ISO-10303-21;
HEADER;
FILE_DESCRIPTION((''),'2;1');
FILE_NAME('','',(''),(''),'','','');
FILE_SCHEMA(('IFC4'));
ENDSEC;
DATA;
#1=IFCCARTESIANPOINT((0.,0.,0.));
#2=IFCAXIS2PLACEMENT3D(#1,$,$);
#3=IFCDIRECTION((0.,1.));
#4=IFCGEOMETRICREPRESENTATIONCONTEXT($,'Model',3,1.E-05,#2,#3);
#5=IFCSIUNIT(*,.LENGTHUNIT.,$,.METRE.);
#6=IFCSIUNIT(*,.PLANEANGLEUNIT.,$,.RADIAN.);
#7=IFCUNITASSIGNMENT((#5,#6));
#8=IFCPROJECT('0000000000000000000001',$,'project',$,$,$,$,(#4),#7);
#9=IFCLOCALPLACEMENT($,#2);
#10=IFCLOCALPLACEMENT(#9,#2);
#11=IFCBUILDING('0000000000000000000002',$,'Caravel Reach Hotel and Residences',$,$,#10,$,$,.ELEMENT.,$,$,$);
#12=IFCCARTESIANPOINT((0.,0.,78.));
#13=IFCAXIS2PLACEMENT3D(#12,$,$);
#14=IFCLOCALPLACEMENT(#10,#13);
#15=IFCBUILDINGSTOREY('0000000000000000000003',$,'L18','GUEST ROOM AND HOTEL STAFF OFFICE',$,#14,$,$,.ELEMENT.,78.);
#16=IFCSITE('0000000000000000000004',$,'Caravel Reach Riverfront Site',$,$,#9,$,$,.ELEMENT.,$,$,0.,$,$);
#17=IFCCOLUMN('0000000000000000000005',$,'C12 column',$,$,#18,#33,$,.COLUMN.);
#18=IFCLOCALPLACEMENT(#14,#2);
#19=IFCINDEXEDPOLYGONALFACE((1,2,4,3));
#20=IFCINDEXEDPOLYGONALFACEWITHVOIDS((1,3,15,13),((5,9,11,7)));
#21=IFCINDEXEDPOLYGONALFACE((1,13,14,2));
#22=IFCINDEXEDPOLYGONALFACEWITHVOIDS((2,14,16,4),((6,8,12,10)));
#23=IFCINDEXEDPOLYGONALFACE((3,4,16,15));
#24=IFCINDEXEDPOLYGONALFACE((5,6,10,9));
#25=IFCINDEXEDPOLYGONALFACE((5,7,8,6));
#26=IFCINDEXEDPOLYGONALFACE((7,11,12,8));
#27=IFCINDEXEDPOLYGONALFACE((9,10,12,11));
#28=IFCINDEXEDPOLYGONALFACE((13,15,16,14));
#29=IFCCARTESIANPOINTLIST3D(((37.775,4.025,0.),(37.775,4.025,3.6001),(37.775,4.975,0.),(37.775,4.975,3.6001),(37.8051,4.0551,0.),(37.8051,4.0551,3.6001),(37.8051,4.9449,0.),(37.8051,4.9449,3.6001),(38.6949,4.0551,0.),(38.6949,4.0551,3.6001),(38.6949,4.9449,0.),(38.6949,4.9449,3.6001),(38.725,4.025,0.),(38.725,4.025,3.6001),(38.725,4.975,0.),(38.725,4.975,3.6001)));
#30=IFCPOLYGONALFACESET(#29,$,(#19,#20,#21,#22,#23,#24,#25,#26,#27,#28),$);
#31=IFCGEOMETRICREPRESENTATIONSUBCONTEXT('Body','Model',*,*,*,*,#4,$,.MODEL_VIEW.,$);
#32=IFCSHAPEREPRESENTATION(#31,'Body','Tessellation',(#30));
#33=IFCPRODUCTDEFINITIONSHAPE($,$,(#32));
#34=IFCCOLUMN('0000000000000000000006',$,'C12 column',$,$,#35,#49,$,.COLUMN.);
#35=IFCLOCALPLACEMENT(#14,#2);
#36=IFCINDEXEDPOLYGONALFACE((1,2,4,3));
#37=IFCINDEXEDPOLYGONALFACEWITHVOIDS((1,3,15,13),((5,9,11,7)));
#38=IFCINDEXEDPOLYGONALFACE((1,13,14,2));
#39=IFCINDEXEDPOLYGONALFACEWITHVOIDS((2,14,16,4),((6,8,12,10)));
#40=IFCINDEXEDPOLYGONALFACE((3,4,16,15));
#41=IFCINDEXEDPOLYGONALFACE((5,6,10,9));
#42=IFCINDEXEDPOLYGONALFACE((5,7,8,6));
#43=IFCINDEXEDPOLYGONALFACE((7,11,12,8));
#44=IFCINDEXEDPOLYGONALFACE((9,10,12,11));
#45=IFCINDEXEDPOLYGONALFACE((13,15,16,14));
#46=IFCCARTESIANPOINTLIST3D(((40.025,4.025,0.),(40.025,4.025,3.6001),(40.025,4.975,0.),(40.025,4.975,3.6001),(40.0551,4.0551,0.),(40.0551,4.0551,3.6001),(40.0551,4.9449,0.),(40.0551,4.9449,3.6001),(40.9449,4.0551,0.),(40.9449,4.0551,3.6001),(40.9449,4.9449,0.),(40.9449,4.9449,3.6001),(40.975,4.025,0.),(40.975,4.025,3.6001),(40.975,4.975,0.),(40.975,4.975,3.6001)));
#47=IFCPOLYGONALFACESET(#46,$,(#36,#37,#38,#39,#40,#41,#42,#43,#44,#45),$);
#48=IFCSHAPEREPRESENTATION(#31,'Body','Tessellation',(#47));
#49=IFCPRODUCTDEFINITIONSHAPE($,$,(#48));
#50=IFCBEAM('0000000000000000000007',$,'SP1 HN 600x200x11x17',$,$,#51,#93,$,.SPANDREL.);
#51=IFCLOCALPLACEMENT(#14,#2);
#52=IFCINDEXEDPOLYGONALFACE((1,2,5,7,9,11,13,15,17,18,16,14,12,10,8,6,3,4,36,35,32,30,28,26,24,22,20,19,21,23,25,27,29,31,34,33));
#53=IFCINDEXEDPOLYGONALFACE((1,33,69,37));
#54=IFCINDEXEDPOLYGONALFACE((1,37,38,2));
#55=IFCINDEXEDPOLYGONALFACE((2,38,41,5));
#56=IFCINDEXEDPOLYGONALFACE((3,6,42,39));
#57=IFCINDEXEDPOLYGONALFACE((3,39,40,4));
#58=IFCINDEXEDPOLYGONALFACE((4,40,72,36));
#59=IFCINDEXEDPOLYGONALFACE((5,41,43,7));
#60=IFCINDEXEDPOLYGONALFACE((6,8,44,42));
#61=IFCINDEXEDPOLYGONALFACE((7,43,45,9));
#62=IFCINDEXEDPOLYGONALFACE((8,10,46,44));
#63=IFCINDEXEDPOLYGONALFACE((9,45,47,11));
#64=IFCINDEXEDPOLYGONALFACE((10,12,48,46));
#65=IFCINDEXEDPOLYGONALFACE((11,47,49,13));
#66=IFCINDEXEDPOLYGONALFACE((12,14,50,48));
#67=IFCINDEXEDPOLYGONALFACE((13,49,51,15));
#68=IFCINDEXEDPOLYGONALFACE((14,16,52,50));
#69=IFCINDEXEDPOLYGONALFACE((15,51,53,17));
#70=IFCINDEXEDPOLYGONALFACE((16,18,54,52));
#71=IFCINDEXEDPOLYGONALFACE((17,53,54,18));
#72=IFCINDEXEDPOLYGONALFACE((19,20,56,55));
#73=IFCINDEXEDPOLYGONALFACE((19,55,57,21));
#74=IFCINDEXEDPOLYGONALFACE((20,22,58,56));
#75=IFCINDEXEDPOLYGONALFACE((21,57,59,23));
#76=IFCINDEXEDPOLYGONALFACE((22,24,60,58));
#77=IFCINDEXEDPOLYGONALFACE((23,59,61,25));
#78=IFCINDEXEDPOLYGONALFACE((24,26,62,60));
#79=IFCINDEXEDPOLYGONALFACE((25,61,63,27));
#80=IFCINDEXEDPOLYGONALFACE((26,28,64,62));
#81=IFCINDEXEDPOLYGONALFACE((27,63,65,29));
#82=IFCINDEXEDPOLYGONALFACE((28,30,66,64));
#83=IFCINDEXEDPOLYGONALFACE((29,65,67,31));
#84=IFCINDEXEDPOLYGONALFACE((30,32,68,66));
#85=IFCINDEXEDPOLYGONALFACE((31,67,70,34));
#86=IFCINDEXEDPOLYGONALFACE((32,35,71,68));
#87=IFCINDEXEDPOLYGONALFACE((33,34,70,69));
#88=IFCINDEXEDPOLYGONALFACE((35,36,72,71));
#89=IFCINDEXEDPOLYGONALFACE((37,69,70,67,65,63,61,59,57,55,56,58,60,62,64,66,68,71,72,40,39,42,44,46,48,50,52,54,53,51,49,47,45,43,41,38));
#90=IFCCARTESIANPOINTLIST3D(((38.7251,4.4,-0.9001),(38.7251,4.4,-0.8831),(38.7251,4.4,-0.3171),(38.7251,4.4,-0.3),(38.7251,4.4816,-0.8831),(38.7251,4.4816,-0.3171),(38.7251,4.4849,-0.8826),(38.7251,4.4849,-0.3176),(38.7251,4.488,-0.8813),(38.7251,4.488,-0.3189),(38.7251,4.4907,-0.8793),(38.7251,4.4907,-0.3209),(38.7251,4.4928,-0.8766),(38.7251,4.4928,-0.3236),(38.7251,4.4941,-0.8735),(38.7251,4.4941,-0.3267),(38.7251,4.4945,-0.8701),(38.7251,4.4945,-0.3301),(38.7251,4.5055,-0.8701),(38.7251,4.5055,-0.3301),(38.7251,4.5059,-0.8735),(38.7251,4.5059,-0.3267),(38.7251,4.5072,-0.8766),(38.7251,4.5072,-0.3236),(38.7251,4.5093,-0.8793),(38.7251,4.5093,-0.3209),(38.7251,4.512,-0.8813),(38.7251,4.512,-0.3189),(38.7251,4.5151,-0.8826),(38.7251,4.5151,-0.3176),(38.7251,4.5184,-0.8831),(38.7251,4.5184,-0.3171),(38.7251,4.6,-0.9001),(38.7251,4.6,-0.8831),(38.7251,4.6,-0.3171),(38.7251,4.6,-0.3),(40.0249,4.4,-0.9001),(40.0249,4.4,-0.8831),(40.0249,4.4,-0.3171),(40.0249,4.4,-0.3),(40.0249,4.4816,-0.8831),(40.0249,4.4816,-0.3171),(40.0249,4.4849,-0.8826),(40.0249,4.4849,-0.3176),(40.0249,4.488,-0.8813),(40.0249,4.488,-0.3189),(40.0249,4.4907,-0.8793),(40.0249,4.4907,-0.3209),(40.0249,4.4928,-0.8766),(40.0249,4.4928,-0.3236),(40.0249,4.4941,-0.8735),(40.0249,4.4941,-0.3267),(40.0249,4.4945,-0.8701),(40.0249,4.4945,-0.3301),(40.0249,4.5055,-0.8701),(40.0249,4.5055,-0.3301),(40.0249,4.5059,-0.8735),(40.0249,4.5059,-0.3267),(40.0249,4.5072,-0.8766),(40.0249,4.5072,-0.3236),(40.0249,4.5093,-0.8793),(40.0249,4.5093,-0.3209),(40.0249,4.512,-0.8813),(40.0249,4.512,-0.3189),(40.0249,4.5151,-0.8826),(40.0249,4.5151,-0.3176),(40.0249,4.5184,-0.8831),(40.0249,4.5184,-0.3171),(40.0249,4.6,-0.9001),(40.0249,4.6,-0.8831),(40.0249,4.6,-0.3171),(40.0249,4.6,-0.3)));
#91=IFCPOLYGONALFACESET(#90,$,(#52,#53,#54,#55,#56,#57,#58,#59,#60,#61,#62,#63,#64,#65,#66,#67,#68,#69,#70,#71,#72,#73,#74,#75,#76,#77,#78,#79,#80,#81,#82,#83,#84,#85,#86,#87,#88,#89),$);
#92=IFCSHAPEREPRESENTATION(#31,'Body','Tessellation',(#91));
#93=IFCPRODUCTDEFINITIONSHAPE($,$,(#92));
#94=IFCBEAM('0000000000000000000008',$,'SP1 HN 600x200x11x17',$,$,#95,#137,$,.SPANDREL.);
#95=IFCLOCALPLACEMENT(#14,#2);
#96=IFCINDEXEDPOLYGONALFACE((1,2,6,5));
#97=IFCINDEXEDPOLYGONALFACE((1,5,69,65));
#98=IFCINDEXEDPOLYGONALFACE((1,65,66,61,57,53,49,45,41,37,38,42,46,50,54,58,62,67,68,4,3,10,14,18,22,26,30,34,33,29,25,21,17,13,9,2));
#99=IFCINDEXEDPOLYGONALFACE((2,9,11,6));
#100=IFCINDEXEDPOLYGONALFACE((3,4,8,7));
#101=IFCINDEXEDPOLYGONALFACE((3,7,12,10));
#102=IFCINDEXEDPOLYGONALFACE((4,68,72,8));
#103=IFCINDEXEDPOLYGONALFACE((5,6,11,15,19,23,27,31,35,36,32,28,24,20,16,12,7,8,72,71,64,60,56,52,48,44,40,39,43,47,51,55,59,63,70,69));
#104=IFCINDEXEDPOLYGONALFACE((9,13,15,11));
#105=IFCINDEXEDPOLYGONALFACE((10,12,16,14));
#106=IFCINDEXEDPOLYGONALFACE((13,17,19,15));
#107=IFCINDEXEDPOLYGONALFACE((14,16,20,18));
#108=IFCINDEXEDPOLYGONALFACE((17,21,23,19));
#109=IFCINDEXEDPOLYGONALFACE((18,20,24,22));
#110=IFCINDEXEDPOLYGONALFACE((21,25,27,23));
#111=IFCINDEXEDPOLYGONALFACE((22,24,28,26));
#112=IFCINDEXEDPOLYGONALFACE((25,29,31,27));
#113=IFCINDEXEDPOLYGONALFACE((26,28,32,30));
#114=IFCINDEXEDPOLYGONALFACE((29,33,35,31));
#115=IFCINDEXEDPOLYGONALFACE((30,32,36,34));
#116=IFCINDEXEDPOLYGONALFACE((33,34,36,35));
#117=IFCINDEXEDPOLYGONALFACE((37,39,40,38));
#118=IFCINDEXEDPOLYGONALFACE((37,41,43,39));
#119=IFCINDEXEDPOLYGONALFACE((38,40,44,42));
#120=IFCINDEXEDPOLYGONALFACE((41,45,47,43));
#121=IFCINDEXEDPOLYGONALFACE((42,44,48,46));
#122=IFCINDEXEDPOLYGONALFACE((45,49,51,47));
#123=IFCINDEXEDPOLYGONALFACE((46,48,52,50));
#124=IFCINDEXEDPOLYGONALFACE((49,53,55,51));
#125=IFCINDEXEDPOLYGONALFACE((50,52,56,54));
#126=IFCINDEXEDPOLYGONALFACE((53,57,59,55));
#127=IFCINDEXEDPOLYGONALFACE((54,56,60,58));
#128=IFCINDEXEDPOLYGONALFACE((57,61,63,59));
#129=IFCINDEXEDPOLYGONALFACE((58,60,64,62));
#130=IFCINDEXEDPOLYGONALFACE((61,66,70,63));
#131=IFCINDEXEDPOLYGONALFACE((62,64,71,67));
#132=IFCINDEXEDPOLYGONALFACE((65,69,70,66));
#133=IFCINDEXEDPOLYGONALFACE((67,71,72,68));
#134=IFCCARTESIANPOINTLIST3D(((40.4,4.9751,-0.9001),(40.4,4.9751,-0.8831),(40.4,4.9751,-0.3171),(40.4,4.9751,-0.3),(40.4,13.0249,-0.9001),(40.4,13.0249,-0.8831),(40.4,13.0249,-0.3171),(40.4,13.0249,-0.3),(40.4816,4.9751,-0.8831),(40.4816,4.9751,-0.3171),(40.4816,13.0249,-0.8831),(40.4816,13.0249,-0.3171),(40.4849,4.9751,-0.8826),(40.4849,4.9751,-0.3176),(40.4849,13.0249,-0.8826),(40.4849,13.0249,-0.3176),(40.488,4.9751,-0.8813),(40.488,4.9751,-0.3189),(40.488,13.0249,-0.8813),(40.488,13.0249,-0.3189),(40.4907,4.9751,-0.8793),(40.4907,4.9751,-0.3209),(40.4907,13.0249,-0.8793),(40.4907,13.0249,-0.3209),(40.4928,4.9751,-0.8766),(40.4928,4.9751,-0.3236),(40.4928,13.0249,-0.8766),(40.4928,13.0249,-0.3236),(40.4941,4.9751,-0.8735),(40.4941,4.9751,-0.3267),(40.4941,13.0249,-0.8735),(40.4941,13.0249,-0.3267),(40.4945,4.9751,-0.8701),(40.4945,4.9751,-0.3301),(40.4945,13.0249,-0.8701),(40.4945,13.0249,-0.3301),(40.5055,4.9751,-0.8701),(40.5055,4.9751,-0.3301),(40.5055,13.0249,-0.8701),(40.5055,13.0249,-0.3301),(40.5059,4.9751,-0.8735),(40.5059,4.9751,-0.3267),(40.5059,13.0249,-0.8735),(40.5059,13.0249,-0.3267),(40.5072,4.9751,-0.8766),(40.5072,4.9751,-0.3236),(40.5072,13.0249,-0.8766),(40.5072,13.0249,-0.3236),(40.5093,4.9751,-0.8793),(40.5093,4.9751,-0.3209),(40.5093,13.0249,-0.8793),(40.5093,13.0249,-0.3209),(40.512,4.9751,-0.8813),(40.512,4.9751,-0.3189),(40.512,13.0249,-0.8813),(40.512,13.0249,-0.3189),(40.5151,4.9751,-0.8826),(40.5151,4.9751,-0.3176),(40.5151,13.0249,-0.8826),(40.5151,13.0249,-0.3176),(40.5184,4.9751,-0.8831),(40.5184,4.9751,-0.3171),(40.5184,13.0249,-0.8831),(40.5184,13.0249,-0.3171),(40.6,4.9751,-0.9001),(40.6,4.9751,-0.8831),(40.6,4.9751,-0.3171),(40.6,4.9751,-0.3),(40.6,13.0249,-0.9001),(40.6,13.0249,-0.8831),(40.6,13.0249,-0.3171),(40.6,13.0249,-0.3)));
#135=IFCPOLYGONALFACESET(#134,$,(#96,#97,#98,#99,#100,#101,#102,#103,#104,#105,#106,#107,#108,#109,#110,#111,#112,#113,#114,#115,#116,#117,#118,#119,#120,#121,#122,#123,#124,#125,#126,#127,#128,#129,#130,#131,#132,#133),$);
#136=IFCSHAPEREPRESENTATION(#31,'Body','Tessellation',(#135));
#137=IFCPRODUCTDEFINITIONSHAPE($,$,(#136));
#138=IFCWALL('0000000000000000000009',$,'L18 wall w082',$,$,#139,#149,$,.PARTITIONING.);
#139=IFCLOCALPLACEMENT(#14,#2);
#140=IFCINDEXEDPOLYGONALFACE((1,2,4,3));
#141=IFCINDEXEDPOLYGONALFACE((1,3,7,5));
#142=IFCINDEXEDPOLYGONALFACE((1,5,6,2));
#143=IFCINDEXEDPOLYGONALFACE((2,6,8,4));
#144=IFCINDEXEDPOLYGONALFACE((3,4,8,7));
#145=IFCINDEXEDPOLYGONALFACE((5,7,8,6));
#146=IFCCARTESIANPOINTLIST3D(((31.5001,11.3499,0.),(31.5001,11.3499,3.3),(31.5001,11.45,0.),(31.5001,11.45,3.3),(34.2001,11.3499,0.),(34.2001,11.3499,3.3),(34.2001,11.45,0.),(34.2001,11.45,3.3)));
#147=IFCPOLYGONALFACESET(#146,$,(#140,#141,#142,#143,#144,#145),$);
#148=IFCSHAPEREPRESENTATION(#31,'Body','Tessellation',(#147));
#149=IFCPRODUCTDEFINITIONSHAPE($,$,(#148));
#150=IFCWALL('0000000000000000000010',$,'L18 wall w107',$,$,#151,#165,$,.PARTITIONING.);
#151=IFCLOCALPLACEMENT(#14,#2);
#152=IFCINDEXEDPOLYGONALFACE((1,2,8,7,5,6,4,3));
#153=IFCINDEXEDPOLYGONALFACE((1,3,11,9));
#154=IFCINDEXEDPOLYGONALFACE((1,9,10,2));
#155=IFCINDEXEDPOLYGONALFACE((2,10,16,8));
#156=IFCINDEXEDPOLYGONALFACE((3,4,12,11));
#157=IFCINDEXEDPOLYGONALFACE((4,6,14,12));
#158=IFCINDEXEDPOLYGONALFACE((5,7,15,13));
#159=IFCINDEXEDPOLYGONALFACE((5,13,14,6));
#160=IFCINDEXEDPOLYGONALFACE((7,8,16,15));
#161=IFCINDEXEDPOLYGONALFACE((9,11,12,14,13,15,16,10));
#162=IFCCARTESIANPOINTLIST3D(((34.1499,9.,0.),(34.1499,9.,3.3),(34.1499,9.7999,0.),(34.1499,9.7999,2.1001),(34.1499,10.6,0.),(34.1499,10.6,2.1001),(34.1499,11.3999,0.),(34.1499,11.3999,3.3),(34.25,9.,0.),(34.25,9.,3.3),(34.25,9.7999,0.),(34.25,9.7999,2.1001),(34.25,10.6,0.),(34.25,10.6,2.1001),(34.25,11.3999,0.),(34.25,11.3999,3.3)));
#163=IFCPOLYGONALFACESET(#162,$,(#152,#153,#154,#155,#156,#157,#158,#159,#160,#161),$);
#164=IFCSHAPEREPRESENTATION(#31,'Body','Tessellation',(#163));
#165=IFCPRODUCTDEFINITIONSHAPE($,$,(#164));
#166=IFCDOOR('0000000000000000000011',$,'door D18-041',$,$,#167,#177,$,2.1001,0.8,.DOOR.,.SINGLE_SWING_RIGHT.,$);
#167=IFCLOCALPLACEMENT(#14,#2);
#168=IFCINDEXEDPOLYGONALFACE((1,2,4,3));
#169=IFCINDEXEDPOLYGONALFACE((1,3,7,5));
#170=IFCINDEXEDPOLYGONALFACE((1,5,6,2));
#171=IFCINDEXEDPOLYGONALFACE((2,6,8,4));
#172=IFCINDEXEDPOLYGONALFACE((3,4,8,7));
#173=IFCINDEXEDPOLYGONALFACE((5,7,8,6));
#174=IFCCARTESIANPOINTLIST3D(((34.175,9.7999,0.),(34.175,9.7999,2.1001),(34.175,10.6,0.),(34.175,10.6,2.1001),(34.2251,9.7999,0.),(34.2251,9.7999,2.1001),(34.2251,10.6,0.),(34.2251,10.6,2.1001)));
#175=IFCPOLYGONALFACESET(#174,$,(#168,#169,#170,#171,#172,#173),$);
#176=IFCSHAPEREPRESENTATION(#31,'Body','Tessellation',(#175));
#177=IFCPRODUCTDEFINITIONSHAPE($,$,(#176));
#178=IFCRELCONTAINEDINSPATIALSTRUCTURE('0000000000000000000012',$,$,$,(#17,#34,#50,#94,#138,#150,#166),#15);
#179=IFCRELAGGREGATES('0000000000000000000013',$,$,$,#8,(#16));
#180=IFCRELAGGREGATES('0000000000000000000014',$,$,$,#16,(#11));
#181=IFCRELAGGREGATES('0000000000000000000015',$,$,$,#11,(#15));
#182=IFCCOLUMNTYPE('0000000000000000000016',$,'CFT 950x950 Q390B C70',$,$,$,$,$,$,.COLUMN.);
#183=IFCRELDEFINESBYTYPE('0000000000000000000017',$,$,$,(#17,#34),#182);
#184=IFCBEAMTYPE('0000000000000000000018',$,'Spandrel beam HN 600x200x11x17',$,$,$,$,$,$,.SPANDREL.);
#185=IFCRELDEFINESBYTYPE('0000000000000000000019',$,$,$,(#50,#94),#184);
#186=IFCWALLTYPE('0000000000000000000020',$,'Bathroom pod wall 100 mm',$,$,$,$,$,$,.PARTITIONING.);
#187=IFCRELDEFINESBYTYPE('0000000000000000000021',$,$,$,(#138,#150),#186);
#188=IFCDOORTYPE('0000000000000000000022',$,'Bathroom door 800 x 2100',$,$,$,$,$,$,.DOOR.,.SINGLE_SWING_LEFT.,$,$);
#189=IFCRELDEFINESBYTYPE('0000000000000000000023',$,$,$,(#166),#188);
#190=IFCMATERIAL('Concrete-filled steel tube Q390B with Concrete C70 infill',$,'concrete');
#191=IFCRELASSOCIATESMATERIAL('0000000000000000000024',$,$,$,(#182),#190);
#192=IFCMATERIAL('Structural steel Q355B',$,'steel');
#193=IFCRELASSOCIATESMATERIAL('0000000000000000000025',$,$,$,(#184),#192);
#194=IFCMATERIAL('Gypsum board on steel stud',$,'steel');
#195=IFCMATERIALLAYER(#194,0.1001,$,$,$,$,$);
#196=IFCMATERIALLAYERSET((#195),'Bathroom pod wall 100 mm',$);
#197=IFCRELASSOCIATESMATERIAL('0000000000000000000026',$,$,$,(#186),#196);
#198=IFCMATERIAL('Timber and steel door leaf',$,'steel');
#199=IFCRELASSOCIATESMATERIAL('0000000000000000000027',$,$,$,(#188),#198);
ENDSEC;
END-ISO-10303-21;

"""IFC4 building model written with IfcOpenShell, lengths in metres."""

from ifc_helpers import new_model, si_unit, direction, frame, frame_2d, origin, origin_2d, place, context, subcontext, project, spatial, rectangle, hollow_rectangle, i_section, extrude, material, layer, layer_set, material_profile, profile_set, type_object, element, fill, save


model = new_model("IFC4")

# Units and contexts
model_context = context("Model", 3, precision=1e-05, world=origin(), true_north=direction((0.0, 1.0)))
body_context = subcontext(model_context, "Body", "Model", "MODEL_VIEW")
ifc_project = project(units=[si_unit("LENGTHUNIT", "METRE"), si_unit("PLANEANGLEUNIT", "RADIAN")], contexts=[model_context])

# Site, building, storey
site_placement = place(None, origin())
site = spatial("IfcSite", under=ifc_project, at=site_placement, Name="Caravel Reach Riverfront Site", CompositionType="ELEMENT", RefElevation=0.0)
building_placement = place(site_placement, origin())
building = spatial("IfcBuilding", under=site, at=building_placement, Name="Caravel Reach Hotel and Residences", CompositionType="ELEMENT")
storey_placement = place(building_placement, frame((0.0, 0.0, 78.0)))
storey = spatial("IfcBuildingStorey", under=building, at=storey_placement, Name="L18", Description="GUEST ROOM AND HOTEL STAFF OFFICE", CompositionType="ELEMENT", Elevation=78.0)

# Columns
ifc_material_1 = material(Name="Concrete-filled steel tube Q390B with Concrete C70 infill", Category="concrete")
ifc_material_profile_1 = material_profile(ifc_material_1, hollow_rectangle(XDim=0.95, YDim=0.95, WallThickness=0.03, at=origin_2d()), Name="RHS 950x950x30")
ifc_profile_set_1 = profile_set([ifc_material_profile_1], Name="Concrete-filled steel tube Q390B with Concrete C70 infill")
column_type = type_object("IfcColumnType", Name="CFT 950x950 Q390B C70", PredefinedType="COLUMN", material=ifc_profile_set_1)
for number, where, z_axis, x_axis, name in (
    (1, (38.25, 4.5, 0.0), (0.0, 0.0, 1.0), (1.0, 0.0, 0.0), "C12 column"),
    (2, (40.5, 4.5, 0.0), (0.0, 0.0, 1.0), (1.0, 0.0, 0.0), "C12 column"),
):
    element("IfcColumn", number, at=place(storey_placement, frame(where, z_axis=z_axis, x_axis=x_axis)), inside=storey, type_object=column_type, Name=name, PredefinedType="COLUMN", context=body_context, shape_type="SweptSolid", body=[
        extrude(hollow_rectangle(XDim=0.95, YDim=0.95, WallThickness=0.03, at=origin_2d()), origin(), (0.0, 0.0, 1.0), 3.6001),
    ])

# Beams
ifc_material_2 = material(Name="Structural steel Q355B", Category="steel")
ifc_material_profile_2 = material_profile(ifc_material_2, i_section(OverallWidth=0.2, OverallDepth=0.6001, WebThickness=0.011, FlangeThickness=0.0171, FilletRadius=0.0129, at=origin_2d()), Name="HN 600x200x11x17")
ifc_profile_set_2 = profile_set([ifc_material_profile_2], Name="Structural steel Q355B")
beam_type = type_object("IfcBeamType", Name="Spandrel beam HN 600x200x11x17", PredefinedType="SPANDREL", material=ifc_profile_set_2)
beam_1_placement = place(storey_placement, frame((38.7251, 4.5, -0.6001), z_axis=(1.0, 0.0, 0.0), x_axis=(0.0, 1.0, 0.0)))
element("IfcBeam", 3, at=beam_1_placement, inside=storey, type_object=beam_type, Name="SP1 HN 600x200x11x17", PredefinedType="SPANDREL", context=body_context, shape_type="SweptSolid", body=[
    extrude(i_section(OverallWidth=0.2, OverallDepth=0.6001, WebThickness=0.011, FlangeThickness=0.0171, FilletRadius=0.0129, at=origin_2d()), origin(), (0.0, 0.0, 1.0), 1.2998),
])
beam_2_placement = place(storey_placement, frame((40.5, 4.9751, -0.6001), z_axis=(0.0, 1.0, 0.0), x_axis=(-1.0, 0.0, 0.0)))
element("IfcBeam", 4, at=beam_2_placement, inside=storey, type_object=beam_type, Name="SP1 HN 600x200x11x17", PredefinedType="SPANDREL", context=body_context, shape_type="SweptSolid", body=[
    extrude(i_section(OverallWidth=0.2, OverallDepth=0.6001, WebThickness=0.011, FlangeThickness=0.0171, FilletRadius=0.0129, at=origin_2d()), origin(), (0.0, 0.0, 1.0), 8.0498),
])

# Wall
ifc_material_3 = material(Name="Gypsum board on steel stud", Category="steel")
ifc_layer_1 = layer(ifc_material_3, 0.1001)
ifc_layer_set_1 = layer_set([ifc_layer_1], Name="Bathroom pod wall 100 mm")
wall_type_1 = type_object("IfcWallType", Name="Bathroom pod wall 100 mm", PredefinedType="PARTITIONING", material=ifc_layer_set_1)
wall_1_placement = place(storey_placement, frame((31.5, 11.3999, 0.0), z_axis=(0.0, 0.0, 1.0), x_axis=(1.0, 0.0, 0.0)))
element("IfcWall", 5, at=wall_1_placement, inside=storey, type_object=wall_type_1, Name="L18 wall w082", PredefinedType="PARTITIONING", context=body_context, shape_type="SweptSolid", body=[
    extrude(rectangle(XDim=2.7, YDim=0.1001, at=frame_2d((1.3501, 0.0))), origin(), (0.0, 0.0, 1.0), 3.3),
])

# Wall, opening, door
wall_2_placement = place(storey_placement, frame((34.2, 9.0, 0.0), z_axis=(0.0, 0.0, 1.0), x_axis=(0.0, 1.0, 0.0)))
wall_2 = element("IfcWall", 6, at=wall_2_placement, inside=storey, type_object=wall_type_1, Name="L18 wall w107", PredefinedType="PARTITIONING", context=body_context, shape_type="SweptSolid", body=[
    extrude(rectangle(XDim=2.3999, YDim=0.1001, at=frame_2d((1.2, 0.0))), origin(), (0.0, 0.0, 1.0), 3.3),
])
opening_1_placement = place(wall_2_placement, frame((0.8, 0.0, 0.0)))
opening_1 = element("IfcOpeningElement", 7, at=opening_1_placement, cuts=wall_2, PredefinedType="OPENING", context=body_context, shape_type="SweptSolid", body=[
    extrude(rectangle(XDim=0.8, YDim=2.1001, at=frame_2d((0.3999, 1.05))), frame((0.0, 0.0601, 0.0), z_axis=(0.0, -1.0, 0.0), x_axis=(1.0, 0.0, 0.0)), (0.0, 0.0, 1.0), 0.1201),
])
ifc_material_4 = material(Name="Timber and steel door leaf", Category="steel")
door_type_1 = type_object("IfcDoorType", Name="Bathroom door 800 x 2100", OperationType="SINGLE_SWING_LEFT", PredefinedType="DOOR", material=ifc_material_4)
door_1_placement = place(opening_1_placement, origin())
door_1 = element("IfcDoor", 8, at=door_1_placement, inside=storey, type_object=door_type_1, Name="door D18-041", OperationType="SINGLE_SWING_RIGHT", OverallHeight=2.1001, OverallWidth=0.8, PredefinedType="DOOR", context=body_context, shape_type="SweptSolid", body=[
    extrude(rectangle(XDim=0.8, YDim=2.1001, at=frame_2d((0.3999, 1.05))), frame((0.0, 0.0249, 0.0), z_axis=(0.0, -1.0, 0.0), x_axis=(1.0, 0.0, 0.0)), (0.0, 0.0, 1.0), 0.05),
])
fill(opening_1, door_1)

save(model, "model.ifc")
